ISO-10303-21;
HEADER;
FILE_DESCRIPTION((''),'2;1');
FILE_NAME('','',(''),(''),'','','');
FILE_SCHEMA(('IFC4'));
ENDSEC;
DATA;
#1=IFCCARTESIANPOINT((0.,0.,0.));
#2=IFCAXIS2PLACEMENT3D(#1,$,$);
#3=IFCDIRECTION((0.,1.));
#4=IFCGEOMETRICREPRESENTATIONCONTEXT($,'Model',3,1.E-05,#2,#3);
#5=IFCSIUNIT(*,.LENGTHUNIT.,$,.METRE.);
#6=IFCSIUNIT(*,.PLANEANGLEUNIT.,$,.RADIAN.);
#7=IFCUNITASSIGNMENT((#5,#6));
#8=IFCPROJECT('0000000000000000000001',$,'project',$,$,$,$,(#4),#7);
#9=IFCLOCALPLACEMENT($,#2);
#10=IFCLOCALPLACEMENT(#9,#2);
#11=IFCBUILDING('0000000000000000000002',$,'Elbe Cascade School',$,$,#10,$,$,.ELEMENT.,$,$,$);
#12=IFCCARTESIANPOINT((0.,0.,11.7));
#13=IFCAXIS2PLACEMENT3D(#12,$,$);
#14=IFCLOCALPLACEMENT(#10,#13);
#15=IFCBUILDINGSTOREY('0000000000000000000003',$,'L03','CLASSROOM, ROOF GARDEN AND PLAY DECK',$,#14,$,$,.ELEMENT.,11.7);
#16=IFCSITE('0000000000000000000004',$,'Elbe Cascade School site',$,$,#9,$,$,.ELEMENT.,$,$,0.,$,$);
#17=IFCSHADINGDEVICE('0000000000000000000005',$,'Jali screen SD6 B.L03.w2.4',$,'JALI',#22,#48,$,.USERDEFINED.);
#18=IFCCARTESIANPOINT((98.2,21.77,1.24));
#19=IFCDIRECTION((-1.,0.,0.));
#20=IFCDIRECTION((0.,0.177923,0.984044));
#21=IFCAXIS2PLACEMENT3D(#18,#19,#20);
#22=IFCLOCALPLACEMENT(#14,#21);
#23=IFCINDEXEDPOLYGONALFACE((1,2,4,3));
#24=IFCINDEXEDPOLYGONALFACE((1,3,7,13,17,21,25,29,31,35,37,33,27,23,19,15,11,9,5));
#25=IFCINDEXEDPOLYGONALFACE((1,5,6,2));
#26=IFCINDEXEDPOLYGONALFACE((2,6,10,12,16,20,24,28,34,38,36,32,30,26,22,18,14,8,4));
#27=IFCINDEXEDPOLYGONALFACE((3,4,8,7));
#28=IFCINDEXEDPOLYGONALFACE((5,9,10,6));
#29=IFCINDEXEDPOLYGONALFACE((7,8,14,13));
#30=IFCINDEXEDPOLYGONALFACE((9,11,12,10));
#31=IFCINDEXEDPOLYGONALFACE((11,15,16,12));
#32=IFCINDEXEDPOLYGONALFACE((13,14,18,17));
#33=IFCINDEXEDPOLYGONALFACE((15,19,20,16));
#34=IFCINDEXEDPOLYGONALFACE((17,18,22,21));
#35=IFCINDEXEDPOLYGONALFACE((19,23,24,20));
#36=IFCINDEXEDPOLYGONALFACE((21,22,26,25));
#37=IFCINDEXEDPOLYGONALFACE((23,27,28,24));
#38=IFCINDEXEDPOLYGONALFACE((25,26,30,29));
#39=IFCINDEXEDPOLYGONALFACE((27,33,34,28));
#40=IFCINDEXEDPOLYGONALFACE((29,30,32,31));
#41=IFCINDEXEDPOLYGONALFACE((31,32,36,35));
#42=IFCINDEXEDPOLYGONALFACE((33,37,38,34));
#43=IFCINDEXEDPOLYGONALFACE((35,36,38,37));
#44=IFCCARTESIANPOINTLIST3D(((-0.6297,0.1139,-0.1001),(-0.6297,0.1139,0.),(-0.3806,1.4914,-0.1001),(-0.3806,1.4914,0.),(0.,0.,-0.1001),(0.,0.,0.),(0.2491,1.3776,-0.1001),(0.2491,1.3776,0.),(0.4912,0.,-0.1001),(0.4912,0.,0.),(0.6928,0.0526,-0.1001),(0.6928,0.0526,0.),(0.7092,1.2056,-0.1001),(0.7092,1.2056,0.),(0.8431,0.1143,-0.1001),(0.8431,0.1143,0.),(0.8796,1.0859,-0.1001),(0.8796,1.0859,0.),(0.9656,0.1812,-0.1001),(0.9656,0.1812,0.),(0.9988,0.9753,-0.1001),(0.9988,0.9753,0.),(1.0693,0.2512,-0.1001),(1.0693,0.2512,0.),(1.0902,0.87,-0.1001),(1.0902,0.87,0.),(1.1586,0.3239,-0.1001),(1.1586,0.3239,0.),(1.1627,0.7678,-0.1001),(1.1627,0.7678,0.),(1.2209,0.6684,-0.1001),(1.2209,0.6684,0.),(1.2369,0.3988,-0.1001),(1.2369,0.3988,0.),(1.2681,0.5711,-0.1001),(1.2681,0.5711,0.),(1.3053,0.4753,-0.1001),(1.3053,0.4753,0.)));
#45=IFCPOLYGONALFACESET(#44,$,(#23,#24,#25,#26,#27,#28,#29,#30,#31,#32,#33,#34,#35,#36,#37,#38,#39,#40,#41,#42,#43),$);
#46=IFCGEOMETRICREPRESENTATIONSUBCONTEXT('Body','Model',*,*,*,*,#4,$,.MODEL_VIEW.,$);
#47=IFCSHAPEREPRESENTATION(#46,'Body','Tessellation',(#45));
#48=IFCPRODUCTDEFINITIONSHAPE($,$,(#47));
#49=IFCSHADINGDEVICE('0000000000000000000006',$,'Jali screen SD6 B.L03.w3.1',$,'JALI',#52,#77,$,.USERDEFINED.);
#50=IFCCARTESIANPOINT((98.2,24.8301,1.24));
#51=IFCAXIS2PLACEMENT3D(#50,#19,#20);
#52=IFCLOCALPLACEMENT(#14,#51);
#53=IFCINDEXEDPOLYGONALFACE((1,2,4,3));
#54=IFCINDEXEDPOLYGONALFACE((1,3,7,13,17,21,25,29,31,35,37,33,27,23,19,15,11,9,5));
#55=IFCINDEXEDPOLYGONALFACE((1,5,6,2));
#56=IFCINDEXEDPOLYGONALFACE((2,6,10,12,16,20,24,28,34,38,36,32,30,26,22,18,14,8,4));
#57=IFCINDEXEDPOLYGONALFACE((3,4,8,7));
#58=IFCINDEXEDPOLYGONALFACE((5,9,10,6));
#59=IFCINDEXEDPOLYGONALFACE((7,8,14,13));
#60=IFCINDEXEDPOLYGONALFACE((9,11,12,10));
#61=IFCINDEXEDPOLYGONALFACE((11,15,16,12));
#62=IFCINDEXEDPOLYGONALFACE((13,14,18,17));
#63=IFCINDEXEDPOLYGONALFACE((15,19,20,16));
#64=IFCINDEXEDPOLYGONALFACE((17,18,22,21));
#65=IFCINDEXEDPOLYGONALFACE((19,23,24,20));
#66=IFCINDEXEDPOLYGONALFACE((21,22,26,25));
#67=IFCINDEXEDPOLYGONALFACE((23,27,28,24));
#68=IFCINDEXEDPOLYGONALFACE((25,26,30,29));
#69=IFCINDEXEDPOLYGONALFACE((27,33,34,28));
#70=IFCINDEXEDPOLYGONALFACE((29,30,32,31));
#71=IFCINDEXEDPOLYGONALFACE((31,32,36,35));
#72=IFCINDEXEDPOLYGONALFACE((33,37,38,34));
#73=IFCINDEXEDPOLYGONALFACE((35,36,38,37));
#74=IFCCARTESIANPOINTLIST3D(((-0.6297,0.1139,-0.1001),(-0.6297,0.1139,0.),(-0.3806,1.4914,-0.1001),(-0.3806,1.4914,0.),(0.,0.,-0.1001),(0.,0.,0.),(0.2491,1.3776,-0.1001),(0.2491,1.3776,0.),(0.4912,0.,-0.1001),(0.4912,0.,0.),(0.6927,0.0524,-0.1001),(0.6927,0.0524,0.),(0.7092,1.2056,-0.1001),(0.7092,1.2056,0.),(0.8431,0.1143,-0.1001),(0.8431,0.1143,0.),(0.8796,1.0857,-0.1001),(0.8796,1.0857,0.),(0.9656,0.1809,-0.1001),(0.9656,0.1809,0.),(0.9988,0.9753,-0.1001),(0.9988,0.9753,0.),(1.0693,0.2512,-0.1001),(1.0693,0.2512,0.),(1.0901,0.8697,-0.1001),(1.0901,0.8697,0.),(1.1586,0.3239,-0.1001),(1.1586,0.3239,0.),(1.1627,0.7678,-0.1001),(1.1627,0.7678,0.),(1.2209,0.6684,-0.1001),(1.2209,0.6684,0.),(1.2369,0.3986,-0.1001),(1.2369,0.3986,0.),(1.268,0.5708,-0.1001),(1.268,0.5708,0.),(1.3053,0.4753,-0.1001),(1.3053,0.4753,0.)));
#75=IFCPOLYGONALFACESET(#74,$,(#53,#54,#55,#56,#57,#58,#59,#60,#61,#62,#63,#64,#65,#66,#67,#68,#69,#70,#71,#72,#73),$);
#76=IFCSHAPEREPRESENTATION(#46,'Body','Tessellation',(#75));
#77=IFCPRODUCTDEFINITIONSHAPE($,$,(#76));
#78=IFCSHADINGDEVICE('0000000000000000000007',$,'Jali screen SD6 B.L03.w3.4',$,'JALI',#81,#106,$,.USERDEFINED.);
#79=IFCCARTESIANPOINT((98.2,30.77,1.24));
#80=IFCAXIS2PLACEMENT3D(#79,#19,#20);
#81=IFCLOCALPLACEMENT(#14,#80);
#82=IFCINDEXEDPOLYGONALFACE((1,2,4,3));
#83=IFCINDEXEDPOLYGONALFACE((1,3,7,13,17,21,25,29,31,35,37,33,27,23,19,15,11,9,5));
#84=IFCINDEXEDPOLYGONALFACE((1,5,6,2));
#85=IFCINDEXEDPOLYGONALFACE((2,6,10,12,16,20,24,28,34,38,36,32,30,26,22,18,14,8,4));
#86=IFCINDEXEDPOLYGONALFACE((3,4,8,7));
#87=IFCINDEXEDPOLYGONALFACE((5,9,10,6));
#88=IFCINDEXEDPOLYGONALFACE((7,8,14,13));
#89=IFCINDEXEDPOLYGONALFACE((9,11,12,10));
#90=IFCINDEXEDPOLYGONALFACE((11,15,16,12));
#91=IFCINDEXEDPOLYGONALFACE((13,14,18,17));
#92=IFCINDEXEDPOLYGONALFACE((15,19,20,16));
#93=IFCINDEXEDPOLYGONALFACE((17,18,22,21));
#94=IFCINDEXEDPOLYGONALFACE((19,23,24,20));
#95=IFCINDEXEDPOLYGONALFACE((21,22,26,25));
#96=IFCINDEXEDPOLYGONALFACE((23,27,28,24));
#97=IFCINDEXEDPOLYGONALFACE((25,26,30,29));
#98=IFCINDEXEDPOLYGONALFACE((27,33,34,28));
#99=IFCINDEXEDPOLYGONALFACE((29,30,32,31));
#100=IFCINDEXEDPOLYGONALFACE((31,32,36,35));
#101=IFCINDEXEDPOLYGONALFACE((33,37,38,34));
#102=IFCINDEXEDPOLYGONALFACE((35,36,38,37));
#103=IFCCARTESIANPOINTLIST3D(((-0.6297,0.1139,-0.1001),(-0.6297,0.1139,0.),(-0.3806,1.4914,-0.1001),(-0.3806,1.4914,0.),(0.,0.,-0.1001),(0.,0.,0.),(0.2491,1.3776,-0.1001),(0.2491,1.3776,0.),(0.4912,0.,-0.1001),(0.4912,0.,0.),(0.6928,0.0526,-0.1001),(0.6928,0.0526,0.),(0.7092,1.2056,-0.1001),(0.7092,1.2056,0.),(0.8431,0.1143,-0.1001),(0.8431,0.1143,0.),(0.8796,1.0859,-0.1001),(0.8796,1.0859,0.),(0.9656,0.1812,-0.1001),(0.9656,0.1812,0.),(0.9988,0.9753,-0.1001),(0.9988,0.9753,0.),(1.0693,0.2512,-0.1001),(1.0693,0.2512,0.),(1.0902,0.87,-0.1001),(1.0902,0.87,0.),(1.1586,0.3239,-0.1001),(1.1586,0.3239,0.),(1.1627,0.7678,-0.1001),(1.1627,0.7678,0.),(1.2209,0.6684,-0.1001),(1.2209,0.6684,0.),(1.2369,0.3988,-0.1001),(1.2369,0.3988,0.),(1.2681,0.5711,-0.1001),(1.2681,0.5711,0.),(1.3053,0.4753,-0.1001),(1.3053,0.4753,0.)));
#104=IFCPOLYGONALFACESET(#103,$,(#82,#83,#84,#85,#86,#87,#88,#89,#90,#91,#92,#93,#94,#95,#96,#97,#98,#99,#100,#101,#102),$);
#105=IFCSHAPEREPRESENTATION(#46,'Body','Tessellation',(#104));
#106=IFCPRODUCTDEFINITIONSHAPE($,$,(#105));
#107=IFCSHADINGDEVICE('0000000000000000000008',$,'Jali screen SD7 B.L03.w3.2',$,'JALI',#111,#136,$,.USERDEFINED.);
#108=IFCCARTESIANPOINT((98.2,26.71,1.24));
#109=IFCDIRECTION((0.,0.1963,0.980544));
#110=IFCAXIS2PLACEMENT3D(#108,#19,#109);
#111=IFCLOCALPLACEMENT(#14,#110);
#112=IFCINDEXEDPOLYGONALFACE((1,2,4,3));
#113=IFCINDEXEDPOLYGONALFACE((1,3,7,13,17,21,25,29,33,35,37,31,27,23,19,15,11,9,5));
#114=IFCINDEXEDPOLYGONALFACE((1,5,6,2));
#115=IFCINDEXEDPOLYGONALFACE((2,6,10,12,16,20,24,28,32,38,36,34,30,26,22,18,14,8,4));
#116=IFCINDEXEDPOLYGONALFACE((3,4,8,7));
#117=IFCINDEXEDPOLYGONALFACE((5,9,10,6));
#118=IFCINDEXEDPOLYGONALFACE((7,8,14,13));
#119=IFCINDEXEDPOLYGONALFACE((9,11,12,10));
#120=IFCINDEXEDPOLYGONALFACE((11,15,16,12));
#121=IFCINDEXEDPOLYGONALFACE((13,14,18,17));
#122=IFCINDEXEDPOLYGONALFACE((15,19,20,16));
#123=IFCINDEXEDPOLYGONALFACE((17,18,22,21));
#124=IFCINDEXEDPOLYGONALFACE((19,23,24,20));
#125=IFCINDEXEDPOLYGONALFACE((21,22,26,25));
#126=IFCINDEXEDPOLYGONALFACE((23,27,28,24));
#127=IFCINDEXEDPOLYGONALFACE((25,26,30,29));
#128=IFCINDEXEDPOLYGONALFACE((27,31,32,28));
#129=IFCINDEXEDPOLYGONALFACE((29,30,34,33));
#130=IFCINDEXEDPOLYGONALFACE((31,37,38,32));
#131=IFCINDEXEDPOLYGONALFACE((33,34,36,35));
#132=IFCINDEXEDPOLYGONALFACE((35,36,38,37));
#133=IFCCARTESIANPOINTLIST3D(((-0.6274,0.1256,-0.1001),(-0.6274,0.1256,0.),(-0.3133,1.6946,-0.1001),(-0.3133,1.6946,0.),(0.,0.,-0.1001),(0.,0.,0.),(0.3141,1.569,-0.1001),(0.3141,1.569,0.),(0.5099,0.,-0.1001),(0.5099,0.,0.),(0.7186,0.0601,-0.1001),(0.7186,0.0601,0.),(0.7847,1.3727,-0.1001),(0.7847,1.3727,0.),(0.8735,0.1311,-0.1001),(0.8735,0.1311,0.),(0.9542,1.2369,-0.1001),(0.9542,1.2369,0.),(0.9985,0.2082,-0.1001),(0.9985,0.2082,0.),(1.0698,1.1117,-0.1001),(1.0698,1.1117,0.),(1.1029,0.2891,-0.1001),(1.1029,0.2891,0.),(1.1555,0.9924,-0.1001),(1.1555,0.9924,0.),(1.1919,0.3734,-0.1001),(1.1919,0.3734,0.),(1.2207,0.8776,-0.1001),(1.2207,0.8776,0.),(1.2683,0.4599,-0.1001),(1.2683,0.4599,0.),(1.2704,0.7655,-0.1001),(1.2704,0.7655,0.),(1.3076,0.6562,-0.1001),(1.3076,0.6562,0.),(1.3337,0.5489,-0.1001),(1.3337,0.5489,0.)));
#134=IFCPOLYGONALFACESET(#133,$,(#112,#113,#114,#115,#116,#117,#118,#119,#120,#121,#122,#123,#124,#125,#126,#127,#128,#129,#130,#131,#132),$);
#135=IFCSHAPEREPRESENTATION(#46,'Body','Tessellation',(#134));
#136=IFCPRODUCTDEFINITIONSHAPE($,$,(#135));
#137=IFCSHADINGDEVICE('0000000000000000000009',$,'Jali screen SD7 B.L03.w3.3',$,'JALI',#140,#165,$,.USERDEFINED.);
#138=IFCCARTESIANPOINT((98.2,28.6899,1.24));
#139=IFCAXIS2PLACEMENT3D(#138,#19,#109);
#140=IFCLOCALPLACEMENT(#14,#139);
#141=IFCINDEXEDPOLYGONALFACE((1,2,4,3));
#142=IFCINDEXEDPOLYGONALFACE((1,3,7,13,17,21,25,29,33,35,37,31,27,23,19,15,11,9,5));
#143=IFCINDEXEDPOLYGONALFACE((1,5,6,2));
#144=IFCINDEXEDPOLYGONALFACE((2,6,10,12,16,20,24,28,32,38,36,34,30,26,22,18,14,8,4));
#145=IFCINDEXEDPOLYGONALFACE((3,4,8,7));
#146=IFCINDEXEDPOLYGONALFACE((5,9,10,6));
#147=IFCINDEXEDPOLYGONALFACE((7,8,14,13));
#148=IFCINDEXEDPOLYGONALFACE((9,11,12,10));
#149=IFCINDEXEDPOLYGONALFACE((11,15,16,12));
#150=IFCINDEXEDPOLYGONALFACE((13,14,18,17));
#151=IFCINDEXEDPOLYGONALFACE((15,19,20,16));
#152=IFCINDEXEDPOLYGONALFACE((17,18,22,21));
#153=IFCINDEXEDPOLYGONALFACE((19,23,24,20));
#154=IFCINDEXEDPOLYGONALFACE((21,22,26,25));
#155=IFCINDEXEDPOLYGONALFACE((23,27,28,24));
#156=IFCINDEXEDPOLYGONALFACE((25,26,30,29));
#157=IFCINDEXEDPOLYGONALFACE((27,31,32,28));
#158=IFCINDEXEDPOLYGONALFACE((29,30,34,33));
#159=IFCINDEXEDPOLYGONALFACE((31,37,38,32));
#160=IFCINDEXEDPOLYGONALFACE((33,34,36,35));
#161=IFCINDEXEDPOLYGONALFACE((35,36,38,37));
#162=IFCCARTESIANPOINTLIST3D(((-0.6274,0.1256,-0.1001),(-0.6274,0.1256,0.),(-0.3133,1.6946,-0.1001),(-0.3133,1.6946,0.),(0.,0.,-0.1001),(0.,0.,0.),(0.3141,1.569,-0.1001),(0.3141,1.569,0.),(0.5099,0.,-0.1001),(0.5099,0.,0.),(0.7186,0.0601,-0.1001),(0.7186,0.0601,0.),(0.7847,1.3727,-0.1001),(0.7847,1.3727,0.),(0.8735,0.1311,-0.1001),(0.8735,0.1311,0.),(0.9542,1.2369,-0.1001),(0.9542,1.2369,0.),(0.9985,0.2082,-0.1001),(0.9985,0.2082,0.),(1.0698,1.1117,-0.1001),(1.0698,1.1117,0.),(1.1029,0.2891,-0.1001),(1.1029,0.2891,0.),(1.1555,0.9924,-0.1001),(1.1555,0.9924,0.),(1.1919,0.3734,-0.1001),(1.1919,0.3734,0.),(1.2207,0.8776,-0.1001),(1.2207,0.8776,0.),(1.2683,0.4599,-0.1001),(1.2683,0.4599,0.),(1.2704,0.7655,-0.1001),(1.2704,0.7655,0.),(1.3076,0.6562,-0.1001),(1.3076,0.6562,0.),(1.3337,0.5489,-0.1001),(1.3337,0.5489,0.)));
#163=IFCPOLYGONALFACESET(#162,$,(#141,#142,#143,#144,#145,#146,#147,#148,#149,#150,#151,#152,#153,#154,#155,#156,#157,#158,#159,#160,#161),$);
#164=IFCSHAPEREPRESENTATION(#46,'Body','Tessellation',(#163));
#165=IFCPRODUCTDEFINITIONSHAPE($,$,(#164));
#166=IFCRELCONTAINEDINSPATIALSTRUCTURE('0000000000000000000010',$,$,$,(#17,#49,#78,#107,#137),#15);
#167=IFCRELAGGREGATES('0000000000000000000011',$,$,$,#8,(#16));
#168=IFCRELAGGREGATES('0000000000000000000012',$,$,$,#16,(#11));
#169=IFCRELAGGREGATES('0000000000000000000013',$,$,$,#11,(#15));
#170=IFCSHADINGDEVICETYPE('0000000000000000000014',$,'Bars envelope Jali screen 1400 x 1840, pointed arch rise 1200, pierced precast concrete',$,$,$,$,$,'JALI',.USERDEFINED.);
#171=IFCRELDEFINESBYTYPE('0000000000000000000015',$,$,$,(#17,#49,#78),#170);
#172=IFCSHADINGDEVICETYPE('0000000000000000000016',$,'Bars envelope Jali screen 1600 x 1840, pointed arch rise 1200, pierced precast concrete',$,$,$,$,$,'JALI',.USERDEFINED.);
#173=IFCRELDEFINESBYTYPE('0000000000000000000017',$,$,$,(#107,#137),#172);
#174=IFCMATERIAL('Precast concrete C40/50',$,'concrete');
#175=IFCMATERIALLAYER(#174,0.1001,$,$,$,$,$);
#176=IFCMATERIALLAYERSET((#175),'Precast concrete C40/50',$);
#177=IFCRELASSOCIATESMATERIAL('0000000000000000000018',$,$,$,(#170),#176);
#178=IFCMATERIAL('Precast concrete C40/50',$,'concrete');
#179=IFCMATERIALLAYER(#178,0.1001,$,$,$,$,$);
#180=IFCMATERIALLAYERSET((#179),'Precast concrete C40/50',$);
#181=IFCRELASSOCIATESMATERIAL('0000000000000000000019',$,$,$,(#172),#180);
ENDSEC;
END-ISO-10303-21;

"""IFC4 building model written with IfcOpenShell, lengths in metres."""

from ifc_helpers import new_model, si_unit, direction, frame, origin, place, context, subcontext, project, spatial, polyline, outline, extrude, material, layer, layer_set, type_object, element, save


model = new_model("IFC4")

# Units and contexts
model_context = context("Model", 3, precision=1e-05, world=origin(), true_north=direction((0.0, 1.0)))
body_context = subcontext(model_context, "Body", "Model", "MODEL_VIEW")
ifc_project = project(units=[si_unit("LENGTHUNIT", "METRE"), si_unit("PLANEANGLEUNIT", "RADIAN")], contexts=[model_context])

# Site, building, storey
site_placement = place(None, origin())
site = spatial("IfcSite", under=ifc_project, at=site_placement, Name="Elbe Cascade School site", CompositionType="ELEMENT", RefElevation=0.0)
building_placement = place(site_placement, origin())
building = spatial("IfcBuilding", under=site, at=building_placement, Name="Elbe Cascade School", CompositionType="ELEMENT")
storey_placement = place(building_placement, frame((0.0, 0.0, 11.7)))
storey = spatial("IfcBuildingStorey", under=building, at=storey_placement, Name="L03", Description="CLASSROOM, ROOF GARDEN AND PLAY DECK", CompositionType="ELEMENT", Elevation=11.7)

# Shading devices
ifc_material_1 = material(Name="Precast concrete C40/50", Category="concrete")
ifc_layer_1 = layer(ifc_material_1, 0.1001)
ifc_layer_set_1 = layer_set([ifc_layer_1], Name="Precast concrete C40/50")
shading_device_type_1 = type_object("IfcShadingDeviceType", Name="Bars envelope Jali screen 1400 x 1840, pointed arch rise 1200, pierced precast concrete", ElementType="JALI", PredefinedType="USERDEFINED", material=ifc_layer_set_1)
shading_device_1_placement = place(storey_placement, frame((98.2, 21.77, 1.24), z_axis=(-1.0, 0.0, 0.0), x_axis=(0.0, 0.177923, 0.984044)))
element("IfcShadingDevice", 1, at=shading_device_1_placement, inside=storey, type_object=shading_device_type_1, Name="Jali screen SD6 B.L03.w2.4", ObjectType="JALI", PredefinedType="USERDEFINED", context=body_context, shape_type="SweptSolid", body=[
    extrude(outline(polyline([(0.0, 0.0), (0.4912, 0.0), (0.6928, 0.0526), (0.8431, 0.1143), (0.9656, 0.1812), (1.0693, 0.2512), (1.1586, 0.3239), (1.2369, 0.3988), (1.3053, 0.4753), (1.2681, 0.5711), (1.2209, 0.6684), (1.1627, 0.7678), (1.0902, 0.87), (0.9988, 0.9753), (0.8796, 1.0859), (0.7092, 1.2056), (0.2491, 1.3776), (-0.3806, 1.4914), (-0.6297, 0.1139), (0.0, 0.0)])), origin(), (0.0, 0.0, -1.0), 0.1001),
])
shading_device_2_placement = place(storey_placement, frame((98.2, 24.8301, 1.24), z_axis=(-1.0, 0.0, 0.0), x_axis=(0.0, 0.177923, 0.984044)))
element("IfcShadingDevice", 2, at=shading_device_2_placement, inside=storey, type_object=shading_device_type_1, Name="Jali screen SD6 B.L03.w3.1", ObjectType="JALI", PredefinedType="USERDEFINED", context=body_context, shape_type="SweptSolid", body=[
    extrude(outline(polyline([(0.0, 0.0), (0.4912, 0.0), (0.6927, 0.0524), (0.8431, 0.1143), (0.9656, 0.1809), (1.0693, 0.2512), (1.1586, 0.3239), (1.2369, 0.3986), (1.3053, 0.4753), (1.268, 0.5708), (1.2209, 0.6684), (1.1627, 0.7678), (1.0901, 0.8697), (0.9988, 0.9753), (0.8796, 1.0857), (0.7092, 1.2056), (0.2491, 1.3776), (-0.3806, 1.4914), (-0.6297, 0.1139), (0.0, 0.0)])), origin(), (0.0, 0.0, -1.0), 0.1001),
])
shading_device_3_placement = place(storey_placement, frame((98.2, 30.77, 1.24), z_axis=(-1.0, 0.0, 0.0), x_axis=(0.0, 0.177923, 0.984044)))
element("IfcShadingDevice", 3, at=shading_device_3_placement, inside=storey, type_object=shading_device_type_1, Name="Jali screen SD6 B.L03.w3.4", ObjectType="JALI", PredefinedType="USERDEFINED", context=body_context, shape_type="SweptSolid", body=[
    extrude(outline(polyline([(0.0, 0.0), (0.4912, 0.0), (0.6928, 0.0526), (0.8431, 0.1143), (0.9656, 0.1812), (1.0693, 0.2512), (1.1586, 0.3239), (1.2369, 0.3988), (1.3053, 0.4753), (1.2681, 0.5711), (1.2209, 0.6684), (1.1627, 0.7678), (1.0902, 0.87), (0.9988, 0.9753), (0.8796, 1.0859), (0.7092, 1.2056), (0.2491, 1.3776), (-0.3806, 1.4914), (-0.6297, 0.1139), (0.0, 0.0)])), origin(), (0.0, 0.0, -1.0), 0.1001),
])
ifc_material_2 = material(Name="Precast concrete C40/50", Category="concrete")
ifc_layer_2 = layer(ifc_material_2, 0.1001)
ifc_layer_set_2 = layer_set([ifc_layer_2], Name="Precast concrete C40/50")
shading_device_type_2 = type_object("IfcShadingDeviceType", Name="Bars envelope Jali screen 1600 x 1840, pointed arch rise 1200, pierced precast concrete", ElementType="JALI", PredefinedType="USERDEFINED", material=ifc_layer_set_2)
for number, where, z_axis, x_axis, name in (
    (4, (98.2, 26.71, 1.24), (-1.0, 0.0, 0.0), (0.0, 0.1963, 0.980544), "Jali screen SD7 B.L03.w3.2"),
    (5, (98.2, 28.6899, 1.24), (-1.0, 0.0, 0.0), (0.0, 0.1963, 0.980544), "Jali screen SD7 B.L03.w3.3"),
):
    element("IfcShadingDevice", number, at=place(storey_placement, frame(where, z_axis=z_axis, x_axis=x_axis)), inside=storey, type_object=shading_device_type_2, Name=name, ObjectType="JALI", PredefinedType="USERDEFINED", context=body_context, shape_type="SweptSolid", body=[
        extrude(outline(polyline([(0.0, 0.0), (0.5099, 0.0), (0.7186, 0.0601), (0.8735, 0.1311), (0.9985, 0.2082), (1.1029, 0.2891), (1.1919, 0.3734), (1.2683, 0.4599), (1.3337, 0.5489), (1.3076, 0.6562), (1.2704, 0.7655), (1.2207, 0.8776), (1.1555, 0.9924), (1.0698, 1.1117), (0.9542, 1.2369), (0.7847, 1.3727), (0.3141, 1.569), (-0.3133, 1.6946), (-0.6274, 0.1256), (0.0, 0.0)])), origin(), (0.0, 0.0, -1.0), 0.1001),
    ])

save(model, "model.ifc")
